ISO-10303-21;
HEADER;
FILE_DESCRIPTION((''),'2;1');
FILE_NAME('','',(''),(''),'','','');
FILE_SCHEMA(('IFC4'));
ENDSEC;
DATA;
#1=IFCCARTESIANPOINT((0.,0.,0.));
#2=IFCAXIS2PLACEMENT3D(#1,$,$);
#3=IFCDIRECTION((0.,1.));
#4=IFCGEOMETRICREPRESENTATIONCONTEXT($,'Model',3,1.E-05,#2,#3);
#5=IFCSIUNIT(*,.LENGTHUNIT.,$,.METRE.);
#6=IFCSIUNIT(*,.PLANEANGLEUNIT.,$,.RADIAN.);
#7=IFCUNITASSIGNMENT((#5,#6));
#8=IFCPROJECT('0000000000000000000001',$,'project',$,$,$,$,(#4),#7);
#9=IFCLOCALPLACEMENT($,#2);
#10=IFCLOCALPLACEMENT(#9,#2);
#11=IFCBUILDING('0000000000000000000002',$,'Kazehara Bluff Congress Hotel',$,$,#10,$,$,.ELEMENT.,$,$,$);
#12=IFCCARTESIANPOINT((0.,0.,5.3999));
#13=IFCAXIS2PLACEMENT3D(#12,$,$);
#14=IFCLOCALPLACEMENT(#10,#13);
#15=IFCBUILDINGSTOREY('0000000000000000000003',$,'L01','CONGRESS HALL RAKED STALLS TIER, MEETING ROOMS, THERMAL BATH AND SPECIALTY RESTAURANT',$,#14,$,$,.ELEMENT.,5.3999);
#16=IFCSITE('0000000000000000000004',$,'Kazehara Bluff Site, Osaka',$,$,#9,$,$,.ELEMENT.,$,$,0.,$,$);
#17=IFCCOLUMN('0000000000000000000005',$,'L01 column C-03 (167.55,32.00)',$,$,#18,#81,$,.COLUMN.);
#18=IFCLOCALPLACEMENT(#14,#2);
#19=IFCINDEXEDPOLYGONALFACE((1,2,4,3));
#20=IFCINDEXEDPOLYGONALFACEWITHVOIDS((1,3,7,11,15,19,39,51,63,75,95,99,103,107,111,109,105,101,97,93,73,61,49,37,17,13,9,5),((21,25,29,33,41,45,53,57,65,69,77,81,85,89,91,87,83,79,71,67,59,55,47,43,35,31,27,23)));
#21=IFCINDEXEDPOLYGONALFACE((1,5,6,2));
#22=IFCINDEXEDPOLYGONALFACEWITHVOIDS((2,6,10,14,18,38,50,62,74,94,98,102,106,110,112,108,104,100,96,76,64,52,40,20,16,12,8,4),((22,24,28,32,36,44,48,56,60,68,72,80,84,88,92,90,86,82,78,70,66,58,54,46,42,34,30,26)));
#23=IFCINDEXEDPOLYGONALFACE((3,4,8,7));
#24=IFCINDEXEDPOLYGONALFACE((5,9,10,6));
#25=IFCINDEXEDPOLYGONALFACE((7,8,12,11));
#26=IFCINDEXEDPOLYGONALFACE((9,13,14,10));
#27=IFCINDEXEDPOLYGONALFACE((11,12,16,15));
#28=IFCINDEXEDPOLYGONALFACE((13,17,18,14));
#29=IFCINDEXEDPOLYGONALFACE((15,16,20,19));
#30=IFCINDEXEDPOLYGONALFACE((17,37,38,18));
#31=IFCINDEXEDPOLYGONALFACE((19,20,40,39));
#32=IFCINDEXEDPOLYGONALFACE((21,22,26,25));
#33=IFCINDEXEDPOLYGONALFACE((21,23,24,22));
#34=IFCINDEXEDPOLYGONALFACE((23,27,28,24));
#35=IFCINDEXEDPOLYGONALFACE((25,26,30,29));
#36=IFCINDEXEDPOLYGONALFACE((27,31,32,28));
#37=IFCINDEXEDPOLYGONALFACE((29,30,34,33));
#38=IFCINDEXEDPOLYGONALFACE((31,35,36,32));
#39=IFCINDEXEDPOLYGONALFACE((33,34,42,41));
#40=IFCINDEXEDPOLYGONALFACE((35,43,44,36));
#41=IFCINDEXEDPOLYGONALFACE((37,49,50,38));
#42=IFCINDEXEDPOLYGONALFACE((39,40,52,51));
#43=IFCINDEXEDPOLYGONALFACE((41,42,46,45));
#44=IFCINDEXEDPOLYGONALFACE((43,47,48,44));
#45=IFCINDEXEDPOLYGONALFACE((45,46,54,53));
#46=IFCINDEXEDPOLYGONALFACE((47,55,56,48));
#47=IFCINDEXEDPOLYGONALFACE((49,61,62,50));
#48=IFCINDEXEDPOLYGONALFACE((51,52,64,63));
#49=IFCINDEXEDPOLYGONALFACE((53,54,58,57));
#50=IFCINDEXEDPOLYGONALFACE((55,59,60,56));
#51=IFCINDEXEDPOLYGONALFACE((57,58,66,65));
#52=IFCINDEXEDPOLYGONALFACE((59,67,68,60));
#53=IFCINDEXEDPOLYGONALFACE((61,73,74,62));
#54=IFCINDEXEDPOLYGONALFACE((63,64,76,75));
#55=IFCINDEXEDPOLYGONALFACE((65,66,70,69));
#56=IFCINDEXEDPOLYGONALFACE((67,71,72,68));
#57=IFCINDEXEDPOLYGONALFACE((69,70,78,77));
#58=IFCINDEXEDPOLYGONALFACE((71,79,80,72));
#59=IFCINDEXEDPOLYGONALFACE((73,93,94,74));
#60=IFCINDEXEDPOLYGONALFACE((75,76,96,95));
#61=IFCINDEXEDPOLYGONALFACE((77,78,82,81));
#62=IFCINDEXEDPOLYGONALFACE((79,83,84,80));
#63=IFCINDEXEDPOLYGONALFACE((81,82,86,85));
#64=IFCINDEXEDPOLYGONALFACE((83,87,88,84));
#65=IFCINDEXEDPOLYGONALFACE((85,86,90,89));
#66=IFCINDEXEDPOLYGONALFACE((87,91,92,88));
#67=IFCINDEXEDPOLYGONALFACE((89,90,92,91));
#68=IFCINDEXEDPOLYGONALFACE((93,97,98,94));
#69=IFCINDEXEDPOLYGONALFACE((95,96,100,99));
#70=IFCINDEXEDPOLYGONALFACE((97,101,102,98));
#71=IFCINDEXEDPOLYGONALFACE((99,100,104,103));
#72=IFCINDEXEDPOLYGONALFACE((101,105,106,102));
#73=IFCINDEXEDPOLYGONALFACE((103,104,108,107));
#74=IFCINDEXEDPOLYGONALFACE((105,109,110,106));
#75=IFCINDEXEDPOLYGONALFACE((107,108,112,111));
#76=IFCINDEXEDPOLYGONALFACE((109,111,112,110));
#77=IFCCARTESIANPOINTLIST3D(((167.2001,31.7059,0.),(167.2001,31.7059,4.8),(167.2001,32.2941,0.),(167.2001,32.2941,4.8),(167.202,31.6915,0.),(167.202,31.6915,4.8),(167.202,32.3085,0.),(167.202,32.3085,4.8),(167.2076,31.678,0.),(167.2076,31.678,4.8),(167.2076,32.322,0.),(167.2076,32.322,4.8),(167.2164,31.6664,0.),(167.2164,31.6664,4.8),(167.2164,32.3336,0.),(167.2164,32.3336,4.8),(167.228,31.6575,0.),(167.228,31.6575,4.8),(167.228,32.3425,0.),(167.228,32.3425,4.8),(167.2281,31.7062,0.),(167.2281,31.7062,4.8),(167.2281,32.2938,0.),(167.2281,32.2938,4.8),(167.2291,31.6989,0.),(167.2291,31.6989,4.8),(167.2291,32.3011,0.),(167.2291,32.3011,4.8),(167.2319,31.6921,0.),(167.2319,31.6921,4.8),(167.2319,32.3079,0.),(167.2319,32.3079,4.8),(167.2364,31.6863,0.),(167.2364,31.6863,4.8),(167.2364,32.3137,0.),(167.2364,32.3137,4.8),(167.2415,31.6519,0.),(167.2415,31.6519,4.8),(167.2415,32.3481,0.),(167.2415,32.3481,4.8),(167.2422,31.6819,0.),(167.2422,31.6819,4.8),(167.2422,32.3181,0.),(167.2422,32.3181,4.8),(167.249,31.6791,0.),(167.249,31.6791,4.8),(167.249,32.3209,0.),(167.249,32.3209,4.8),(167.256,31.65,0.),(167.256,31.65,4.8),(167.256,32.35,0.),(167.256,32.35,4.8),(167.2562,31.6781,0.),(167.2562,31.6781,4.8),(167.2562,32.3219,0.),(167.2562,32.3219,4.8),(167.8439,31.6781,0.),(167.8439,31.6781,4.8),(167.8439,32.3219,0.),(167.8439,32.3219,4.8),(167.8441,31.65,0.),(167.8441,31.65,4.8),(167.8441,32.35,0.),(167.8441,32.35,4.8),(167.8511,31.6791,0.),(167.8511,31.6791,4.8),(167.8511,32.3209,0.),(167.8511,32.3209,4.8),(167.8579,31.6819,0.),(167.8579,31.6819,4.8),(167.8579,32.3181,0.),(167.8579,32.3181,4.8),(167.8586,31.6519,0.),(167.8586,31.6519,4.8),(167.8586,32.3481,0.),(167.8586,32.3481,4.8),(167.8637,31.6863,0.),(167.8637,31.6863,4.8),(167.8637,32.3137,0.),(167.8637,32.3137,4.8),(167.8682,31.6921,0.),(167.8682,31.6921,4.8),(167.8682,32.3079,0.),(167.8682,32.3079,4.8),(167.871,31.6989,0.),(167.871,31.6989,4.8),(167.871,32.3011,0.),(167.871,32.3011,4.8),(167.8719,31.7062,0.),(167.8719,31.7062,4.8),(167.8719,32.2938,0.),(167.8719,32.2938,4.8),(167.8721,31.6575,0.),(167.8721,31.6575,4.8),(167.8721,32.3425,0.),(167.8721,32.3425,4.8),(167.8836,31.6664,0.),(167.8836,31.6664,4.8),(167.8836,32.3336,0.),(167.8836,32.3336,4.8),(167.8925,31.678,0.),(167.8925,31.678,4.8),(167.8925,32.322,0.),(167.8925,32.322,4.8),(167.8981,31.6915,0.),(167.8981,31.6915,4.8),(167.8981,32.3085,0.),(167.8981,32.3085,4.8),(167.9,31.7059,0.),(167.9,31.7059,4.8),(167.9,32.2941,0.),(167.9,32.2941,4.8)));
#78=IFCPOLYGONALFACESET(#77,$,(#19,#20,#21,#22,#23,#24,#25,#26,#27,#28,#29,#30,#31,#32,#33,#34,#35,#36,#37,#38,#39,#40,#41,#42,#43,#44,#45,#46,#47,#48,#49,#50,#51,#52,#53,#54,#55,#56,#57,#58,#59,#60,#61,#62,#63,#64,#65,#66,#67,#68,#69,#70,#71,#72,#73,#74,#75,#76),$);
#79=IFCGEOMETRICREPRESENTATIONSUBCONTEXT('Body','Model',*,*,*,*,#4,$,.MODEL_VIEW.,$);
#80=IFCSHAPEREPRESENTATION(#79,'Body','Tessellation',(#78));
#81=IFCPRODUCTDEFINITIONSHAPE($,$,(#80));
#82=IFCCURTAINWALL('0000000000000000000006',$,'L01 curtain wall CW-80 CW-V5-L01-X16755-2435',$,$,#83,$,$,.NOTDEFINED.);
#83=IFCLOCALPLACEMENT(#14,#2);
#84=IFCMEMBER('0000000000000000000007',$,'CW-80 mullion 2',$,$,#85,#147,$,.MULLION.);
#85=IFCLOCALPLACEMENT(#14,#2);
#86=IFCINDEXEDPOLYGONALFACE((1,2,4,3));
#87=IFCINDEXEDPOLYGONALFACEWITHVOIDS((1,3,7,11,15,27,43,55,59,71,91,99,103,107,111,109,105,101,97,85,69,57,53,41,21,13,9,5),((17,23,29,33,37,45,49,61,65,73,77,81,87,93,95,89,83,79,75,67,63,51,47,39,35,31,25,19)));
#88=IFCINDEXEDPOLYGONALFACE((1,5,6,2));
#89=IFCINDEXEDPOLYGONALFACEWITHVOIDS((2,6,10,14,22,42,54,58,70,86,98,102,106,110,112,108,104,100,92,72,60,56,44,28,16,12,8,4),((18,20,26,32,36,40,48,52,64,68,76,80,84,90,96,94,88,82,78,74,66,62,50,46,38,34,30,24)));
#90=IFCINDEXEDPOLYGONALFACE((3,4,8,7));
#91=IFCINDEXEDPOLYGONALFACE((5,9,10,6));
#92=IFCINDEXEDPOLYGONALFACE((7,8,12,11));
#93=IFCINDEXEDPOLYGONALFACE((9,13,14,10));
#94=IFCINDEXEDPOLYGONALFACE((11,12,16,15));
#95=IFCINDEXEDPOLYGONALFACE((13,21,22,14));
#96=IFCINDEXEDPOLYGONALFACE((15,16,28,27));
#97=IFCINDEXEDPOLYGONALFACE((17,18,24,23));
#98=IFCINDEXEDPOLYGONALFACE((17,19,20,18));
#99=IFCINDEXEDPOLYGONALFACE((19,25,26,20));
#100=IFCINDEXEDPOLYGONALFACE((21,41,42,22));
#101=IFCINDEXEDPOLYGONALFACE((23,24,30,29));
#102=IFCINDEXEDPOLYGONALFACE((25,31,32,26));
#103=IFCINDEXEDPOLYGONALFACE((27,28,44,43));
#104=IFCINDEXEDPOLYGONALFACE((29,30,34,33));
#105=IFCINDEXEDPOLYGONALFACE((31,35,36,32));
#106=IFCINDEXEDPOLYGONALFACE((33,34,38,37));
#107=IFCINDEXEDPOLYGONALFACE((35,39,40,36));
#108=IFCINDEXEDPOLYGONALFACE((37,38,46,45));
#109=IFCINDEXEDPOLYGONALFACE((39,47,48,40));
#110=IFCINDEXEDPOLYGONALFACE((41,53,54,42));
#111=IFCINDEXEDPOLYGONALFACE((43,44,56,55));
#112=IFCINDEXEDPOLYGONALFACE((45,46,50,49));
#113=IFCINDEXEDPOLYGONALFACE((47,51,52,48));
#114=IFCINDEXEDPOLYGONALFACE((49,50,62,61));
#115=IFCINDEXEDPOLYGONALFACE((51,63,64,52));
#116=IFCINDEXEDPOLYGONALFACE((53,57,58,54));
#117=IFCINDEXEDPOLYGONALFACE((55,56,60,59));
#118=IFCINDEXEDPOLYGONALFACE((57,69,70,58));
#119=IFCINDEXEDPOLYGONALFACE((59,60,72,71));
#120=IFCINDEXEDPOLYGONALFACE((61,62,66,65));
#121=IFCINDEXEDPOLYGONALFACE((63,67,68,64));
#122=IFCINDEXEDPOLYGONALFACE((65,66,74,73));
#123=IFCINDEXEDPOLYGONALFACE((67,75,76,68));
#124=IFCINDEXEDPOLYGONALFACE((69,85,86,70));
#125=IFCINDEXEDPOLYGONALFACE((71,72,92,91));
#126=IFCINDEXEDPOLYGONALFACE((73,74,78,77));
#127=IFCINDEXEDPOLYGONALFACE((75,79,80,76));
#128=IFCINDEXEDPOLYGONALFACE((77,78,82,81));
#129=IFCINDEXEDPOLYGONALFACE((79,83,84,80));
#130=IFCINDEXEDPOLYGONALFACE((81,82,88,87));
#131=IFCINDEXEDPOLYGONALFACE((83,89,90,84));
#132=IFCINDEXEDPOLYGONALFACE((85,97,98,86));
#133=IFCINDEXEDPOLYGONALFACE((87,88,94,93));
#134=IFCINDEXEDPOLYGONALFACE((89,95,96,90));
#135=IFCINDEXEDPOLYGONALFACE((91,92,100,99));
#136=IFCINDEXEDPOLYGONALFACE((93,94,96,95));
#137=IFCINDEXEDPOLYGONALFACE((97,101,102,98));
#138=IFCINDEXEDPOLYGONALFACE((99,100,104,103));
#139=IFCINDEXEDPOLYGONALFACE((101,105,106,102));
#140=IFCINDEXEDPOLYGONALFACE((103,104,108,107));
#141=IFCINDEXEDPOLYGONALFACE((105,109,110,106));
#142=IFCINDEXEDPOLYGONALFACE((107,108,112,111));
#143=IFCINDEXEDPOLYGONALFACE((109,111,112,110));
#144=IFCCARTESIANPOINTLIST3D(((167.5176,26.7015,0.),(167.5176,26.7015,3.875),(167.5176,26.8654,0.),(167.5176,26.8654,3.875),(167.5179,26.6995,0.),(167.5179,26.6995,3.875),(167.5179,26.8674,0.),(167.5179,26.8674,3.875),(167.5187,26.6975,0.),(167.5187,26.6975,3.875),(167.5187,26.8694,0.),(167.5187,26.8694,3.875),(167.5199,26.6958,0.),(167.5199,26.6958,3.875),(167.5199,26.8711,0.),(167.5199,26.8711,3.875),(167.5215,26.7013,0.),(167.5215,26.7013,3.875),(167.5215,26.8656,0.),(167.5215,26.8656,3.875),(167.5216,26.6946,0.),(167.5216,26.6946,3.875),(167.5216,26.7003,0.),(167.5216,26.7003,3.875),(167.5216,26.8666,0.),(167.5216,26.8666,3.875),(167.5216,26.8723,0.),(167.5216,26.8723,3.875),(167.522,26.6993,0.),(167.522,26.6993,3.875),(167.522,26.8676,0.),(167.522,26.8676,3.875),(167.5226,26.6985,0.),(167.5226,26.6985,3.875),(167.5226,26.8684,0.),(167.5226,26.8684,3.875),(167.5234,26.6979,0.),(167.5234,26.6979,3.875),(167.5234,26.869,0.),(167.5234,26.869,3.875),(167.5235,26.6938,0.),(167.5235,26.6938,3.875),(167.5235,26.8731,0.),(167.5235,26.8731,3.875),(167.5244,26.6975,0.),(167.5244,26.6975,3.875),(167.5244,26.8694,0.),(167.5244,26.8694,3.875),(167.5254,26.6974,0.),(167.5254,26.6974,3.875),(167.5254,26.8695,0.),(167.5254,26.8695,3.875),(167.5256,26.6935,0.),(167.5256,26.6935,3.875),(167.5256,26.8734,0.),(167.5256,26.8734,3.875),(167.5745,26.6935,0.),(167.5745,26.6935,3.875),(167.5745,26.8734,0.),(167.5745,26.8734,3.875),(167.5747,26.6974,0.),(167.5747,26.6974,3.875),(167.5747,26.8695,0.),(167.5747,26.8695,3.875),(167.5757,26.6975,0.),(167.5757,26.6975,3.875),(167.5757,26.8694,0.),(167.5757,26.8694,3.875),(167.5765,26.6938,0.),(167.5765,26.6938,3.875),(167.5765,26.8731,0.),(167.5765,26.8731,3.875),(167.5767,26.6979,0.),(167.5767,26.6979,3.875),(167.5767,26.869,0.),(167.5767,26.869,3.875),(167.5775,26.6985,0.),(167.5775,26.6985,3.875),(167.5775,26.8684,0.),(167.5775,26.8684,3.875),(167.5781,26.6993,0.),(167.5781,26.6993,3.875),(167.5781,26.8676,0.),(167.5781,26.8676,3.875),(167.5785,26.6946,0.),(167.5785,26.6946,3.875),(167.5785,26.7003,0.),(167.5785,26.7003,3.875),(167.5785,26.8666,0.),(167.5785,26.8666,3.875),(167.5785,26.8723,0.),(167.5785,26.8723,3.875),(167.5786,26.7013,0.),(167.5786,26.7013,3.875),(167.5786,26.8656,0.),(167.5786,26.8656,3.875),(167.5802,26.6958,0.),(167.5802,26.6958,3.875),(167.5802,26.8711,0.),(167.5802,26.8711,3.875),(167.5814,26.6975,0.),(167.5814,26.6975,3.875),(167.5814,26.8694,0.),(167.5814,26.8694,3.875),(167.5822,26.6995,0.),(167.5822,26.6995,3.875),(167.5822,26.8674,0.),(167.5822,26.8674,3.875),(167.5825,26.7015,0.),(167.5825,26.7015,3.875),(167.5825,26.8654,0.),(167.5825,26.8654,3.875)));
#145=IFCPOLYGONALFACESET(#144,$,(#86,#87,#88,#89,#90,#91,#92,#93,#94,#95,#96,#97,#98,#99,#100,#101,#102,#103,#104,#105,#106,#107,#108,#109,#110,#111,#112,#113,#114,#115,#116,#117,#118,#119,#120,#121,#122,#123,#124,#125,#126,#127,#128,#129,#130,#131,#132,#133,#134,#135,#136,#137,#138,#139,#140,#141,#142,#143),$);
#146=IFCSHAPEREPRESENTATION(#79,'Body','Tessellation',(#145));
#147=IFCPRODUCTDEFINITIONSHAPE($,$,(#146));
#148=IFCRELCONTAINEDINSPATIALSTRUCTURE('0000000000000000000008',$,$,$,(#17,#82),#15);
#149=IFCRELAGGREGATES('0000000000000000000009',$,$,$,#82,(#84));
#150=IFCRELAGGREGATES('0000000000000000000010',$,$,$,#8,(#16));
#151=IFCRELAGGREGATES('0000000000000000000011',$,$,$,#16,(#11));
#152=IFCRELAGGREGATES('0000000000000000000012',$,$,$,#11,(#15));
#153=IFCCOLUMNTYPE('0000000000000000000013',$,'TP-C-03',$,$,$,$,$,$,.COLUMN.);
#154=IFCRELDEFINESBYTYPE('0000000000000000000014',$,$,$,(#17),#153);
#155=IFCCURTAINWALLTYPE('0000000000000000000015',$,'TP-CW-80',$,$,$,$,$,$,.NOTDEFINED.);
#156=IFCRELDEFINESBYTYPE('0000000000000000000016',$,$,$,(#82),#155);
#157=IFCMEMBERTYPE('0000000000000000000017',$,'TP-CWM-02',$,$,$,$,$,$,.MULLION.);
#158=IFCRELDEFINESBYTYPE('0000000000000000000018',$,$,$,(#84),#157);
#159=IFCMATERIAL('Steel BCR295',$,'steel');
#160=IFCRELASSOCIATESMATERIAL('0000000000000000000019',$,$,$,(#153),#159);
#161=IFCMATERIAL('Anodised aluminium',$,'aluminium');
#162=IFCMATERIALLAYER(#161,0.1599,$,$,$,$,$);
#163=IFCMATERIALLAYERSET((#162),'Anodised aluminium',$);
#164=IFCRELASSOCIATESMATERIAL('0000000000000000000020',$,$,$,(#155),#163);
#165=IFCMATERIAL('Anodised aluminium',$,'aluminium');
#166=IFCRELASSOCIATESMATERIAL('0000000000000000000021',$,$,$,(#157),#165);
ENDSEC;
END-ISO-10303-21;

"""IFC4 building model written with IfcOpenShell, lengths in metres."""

from ifc_helpers import new_model, si_unit, direction, frame, origin, origin_2d, place, context, subcontext, project, spatial, hollow_rectangle, extrude, material, layer, layer_set, material_profile, profile_set, type_object, element, aggregate, save


model = new_model("IFC4")

# Units and contexts
model_context = context("Model", 3, precision=1e-05, world=origin(), true_north=direction((0.0, 1.0)))
body_context = subcontext(model_context, "Body", "Model", "MODEL_VIEW")
ifc_project = project(units=[si_unit("LENGTHUNIT", "METRE"), si_unit("PLANEANGLEUNIT", "RADIAN")], contexts=[model_context])

# Site, building, storey
site_placement = place(None, origin())
site = spatial("IfcSite", under=ifc_project, at=site_placement, Name="Kazehara Bluff Site, Osaka", CompositionType="ELEMENT", RefElevation=0.0)
building_placement = place(site_placement, origin())
building = spatial("IfcBuilding", under=site, at=building_placement, Name="Kazehara Bluff Congress Hotel", CompositionType="ELEMENT")
storey_placement = place(building_placement, frame((0.0, 0.0, 5.3999)))
storey = spatial("IfcBuildingStorey", under=building, at=storey_placement, Name="L01", Description="CONGRESS HALL RAKED STALLS TIER, MEETING ROOMS, THERMAL BATH AND SPECIALTY RESTAURANT", CompositionType="ELEMENT", Elevation=5.3999)

# Column
ifc_material_1 = material(Name="Steel BCR295", Category="steel")
ifc_material_profile_1 = material_profile(ifc_material_1, hollow_rectangle(XDim=0.7, YDim=0.7, WallThickness=0.0281, InnerFilletRadius=0.0281, OuterFilletRadius=0.0559, at=origin_2d()))
ifc_profile_set_1 = profile_set([ifc_material_profile_1], Name="Steel BCR295")
column_type = type_object("IfcColumnType", Name="TP-C-03", PredefinedType="COLUMN", material=ifc_profile_set_1)
column_placement = place(storey_placement, frame((167.55, 32.0, 0.0), z_axis=(0.0, 0.0, 1.0), x_axis=(1.0, 0.0, 0.0)))
element("IfcColumn", 1, at=column_placement, inside=storey, type_object=column_type, Name="L01 column C-03 (167.55,32.00)", PredefinedType="COLUMN", context=body_context, shape_type="SweptSolid", body=[
    extrude(hollow_rectangle(XDim=0.7, YDim=0.7, WallThickness=0.0281, InnerFilletRadius=0.0281, OuterFilletRadius=0.0559, at=origin_2d()), origin(), (0.0, 0.0, 1.0), 4.8),
])

# Curtain wall, member
ifc_material_2 = material(Name="Anodised aluminium", Category="aluminium")
ifc_layer_1 = layer(ifc_material_2, 0.1599)
ifc_layer_set_1 = layer_set([ifc_layer_1], Name="Anodised aluminium")
curtain_wall_type_1 = type_object("IfcCurtainWallType", Name="TP-CW-80", PredefinedType="NOTDEFINED", material=ifc_layer_set_1)
curtain_wall_1_placement = place(storey_placement, origin())
curtain_wall_1 = element("IfcCurtainWall", 2, at=curtain_wall_1_placement, inside=storey, type_object=curtain_wall_type_1, Name="L01 curtain wall CW-80 CW-V5-L01-X16755-2435", PredefinedType="NOTDEFINED")
ifc_material_3 = material(Name="Anodised aluminium", Category="aluminium")
ifc_material_profile_2 = material_profile(ifc_material_3, hollow_rectangle(XDim=0.0649, YDim=0.1799, WallThickness=0.0039, InnerFilletRadius=0.0039, OuterFilletRadius=0.0081, at=origin_2d()))
ifc_profile_set_2 = profile_set([ifc_material_profile_2], Name="Anodised aluminium")
member_type_1 = type_object("IfcMemberType", Name="TP-CWM-02", PredefinedType="MULLION", material=ifc_profile_set_2)
member_1_placement = place(storey_placement, frame((167.55, 26.7834, 0.0), z_axis=(0.0, 0.0, 1.0), x_axis=(-1.0, 0.0, 0.0)))
member_1 = element("IfcMember", 3, at=member_1_placement, type_object=member_type_1, Name="CW-80 mullion 2", PredefinedType="MULLION", context=body_context, shape_type="SweptSolid", body=[
    extrude(hollow_rectangle(XDim=0.0649, YDim=0.1799, WallThickness=0.0039, InnerFilletRadius=0.0039, OuterFilletRadius=0.0081, at=origin_2d()), origin(), (0.0, 0.0, 1.0), 3.875),
])

aggregate(curtain_wall_1, [member_1])

save(model, "model.ifc")
